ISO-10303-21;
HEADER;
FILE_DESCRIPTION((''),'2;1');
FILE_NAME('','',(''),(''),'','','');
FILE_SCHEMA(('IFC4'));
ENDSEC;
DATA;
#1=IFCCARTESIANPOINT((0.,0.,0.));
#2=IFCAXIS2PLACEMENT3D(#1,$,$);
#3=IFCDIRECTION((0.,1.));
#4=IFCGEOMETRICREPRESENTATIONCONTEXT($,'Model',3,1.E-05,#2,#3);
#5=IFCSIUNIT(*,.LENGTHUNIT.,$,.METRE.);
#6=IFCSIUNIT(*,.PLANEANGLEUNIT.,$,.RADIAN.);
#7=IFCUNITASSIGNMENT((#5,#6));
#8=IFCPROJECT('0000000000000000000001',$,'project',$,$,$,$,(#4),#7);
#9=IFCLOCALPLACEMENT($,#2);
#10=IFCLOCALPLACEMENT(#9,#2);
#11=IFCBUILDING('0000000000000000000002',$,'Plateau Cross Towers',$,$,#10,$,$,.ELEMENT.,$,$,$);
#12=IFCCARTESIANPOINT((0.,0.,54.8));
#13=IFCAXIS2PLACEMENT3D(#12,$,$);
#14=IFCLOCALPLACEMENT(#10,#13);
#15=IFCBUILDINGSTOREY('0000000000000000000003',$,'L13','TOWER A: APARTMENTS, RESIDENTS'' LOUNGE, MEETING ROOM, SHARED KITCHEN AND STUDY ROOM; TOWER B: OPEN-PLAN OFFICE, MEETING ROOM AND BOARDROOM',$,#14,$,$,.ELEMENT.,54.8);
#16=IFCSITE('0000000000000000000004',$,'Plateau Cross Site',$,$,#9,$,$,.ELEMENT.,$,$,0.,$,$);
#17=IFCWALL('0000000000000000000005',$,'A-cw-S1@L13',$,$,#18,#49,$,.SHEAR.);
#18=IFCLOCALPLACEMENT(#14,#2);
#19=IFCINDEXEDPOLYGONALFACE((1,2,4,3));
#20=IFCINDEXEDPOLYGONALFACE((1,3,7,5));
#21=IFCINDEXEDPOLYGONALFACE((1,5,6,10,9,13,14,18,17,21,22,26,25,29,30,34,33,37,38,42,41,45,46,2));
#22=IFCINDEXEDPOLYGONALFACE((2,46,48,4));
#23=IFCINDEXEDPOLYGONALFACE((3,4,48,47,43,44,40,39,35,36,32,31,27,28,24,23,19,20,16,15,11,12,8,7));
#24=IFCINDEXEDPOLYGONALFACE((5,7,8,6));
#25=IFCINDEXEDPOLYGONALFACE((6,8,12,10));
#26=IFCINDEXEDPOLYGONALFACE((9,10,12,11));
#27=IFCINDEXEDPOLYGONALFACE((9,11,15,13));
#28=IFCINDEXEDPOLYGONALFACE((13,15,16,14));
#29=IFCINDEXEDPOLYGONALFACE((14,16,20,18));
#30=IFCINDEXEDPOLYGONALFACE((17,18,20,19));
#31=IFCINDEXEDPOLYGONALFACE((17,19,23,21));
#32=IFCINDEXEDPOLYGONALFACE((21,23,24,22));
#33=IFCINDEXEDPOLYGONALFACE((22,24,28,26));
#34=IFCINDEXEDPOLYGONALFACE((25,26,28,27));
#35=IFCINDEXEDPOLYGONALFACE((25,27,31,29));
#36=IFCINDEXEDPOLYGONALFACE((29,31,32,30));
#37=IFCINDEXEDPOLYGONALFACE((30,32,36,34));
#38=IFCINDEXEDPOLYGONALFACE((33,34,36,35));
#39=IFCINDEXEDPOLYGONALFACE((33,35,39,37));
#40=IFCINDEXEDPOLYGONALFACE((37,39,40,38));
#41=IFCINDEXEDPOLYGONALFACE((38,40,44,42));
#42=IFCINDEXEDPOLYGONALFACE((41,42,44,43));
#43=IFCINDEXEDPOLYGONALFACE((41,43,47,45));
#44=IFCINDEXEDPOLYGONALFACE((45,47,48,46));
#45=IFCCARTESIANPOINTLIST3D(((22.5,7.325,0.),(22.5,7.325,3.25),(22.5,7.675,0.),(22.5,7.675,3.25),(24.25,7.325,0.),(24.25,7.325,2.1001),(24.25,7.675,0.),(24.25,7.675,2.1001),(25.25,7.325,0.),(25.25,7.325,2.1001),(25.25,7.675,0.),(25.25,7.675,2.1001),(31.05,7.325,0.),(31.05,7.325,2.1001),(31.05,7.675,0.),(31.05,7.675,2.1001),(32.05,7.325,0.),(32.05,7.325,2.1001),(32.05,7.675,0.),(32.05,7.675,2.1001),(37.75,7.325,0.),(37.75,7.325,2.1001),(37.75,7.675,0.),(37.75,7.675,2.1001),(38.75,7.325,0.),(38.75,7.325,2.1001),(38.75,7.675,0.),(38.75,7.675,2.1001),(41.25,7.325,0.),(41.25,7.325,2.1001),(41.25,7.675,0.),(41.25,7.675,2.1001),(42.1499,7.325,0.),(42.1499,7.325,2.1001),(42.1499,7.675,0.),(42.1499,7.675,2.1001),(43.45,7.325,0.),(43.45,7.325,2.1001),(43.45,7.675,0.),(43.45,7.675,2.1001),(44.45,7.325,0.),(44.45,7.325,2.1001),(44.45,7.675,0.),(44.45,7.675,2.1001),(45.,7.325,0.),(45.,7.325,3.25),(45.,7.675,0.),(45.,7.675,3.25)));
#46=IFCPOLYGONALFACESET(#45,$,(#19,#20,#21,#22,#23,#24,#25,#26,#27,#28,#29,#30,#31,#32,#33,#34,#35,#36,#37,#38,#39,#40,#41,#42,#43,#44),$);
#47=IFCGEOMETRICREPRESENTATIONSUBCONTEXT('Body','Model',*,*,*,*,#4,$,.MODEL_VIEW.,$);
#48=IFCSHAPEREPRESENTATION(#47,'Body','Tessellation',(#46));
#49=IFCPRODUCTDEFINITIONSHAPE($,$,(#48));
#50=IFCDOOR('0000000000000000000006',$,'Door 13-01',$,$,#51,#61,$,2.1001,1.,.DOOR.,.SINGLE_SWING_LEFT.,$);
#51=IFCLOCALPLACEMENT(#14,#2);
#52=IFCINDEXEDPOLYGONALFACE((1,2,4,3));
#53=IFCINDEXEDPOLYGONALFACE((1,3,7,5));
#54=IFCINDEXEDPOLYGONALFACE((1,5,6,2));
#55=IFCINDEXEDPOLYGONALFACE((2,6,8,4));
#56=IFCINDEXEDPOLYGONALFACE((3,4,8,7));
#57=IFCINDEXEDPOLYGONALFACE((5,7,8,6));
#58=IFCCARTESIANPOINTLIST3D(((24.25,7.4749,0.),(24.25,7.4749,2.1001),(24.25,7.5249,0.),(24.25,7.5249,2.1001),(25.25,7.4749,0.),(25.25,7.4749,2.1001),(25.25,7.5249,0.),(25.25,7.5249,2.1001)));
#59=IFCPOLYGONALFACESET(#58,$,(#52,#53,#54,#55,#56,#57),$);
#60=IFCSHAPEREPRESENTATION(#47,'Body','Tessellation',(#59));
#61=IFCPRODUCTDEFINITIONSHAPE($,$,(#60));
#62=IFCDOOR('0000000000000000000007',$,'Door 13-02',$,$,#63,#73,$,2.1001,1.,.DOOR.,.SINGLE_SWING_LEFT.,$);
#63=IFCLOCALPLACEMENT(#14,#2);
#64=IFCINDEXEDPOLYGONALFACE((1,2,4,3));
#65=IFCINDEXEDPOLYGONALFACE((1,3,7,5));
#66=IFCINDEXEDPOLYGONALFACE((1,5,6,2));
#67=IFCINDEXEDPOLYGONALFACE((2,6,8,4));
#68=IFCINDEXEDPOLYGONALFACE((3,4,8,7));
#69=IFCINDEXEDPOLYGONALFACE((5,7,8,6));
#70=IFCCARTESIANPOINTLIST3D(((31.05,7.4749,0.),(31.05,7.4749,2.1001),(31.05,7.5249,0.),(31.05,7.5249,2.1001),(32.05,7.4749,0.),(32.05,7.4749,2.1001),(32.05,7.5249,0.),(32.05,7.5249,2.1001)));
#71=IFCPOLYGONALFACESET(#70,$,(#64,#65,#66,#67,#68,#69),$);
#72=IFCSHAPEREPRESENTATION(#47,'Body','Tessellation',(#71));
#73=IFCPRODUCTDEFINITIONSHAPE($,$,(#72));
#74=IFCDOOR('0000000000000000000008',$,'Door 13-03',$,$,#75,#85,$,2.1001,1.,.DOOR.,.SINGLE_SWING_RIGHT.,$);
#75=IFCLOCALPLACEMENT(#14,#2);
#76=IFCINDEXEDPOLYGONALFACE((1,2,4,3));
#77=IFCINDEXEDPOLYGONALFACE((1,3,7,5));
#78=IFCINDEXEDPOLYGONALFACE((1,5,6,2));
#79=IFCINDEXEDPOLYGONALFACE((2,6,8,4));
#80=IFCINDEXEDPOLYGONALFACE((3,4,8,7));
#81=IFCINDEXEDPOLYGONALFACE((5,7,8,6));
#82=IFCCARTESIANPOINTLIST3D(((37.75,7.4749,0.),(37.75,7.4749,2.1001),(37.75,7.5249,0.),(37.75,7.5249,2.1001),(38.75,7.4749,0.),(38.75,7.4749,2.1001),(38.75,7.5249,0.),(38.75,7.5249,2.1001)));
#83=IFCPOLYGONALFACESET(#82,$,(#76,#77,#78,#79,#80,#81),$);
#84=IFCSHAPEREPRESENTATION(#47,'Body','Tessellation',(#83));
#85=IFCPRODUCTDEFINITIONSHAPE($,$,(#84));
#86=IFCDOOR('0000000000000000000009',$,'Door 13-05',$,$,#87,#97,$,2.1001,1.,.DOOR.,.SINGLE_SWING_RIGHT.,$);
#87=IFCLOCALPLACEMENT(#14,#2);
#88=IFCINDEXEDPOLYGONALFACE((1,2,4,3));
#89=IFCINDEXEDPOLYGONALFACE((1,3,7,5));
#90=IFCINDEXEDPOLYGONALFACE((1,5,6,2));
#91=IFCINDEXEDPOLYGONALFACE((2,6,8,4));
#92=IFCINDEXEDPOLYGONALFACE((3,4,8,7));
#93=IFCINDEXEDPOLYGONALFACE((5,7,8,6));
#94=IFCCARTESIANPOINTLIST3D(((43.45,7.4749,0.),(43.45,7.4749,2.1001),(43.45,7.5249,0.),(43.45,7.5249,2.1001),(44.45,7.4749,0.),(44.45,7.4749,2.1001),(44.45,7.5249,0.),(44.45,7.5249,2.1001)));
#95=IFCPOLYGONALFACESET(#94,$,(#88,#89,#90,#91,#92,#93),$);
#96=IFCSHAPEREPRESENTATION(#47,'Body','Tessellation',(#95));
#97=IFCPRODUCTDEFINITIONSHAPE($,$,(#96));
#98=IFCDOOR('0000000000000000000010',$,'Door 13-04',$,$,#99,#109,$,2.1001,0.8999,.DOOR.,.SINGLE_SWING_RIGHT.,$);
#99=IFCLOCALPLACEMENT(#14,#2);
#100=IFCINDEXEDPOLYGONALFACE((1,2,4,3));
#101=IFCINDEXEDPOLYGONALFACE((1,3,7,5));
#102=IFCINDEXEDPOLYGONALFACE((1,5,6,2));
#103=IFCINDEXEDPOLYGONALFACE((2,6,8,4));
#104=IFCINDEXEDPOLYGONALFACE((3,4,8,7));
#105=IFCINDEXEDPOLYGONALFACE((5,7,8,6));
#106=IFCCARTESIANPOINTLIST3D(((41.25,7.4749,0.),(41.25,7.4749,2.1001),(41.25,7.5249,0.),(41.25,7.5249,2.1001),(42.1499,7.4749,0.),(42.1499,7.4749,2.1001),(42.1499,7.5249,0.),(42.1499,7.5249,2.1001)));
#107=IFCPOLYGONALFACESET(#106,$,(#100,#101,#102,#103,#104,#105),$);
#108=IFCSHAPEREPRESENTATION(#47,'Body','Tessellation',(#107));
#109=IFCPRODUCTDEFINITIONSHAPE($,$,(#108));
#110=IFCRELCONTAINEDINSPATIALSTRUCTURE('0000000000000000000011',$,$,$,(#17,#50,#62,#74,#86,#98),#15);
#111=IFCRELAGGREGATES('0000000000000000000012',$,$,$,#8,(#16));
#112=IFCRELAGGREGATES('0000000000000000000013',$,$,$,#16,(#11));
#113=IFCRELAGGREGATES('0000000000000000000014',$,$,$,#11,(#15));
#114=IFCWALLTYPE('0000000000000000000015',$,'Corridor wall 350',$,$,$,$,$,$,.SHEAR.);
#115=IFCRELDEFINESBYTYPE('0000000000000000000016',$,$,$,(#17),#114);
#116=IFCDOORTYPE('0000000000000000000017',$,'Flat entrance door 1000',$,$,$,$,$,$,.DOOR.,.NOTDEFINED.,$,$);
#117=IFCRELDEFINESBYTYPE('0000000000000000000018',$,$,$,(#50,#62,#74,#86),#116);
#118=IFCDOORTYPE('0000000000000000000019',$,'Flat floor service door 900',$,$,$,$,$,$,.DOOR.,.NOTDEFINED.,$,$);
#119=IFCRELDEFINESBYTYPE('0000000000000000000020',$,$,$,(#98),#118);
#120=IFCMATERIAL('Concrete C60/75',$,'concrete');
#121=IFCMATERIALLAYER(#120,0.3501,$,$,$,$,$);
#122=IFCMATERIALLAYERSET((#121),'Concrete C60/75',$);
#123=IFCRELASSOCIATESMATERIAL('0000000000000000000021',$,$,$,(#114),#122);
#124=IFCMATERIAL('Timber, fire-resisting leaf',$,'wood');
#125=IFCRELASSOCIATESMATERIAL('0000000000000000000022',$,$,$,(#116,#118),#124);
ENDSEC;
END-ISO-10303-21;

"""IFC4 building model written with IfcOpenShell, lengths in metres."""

from ifc_helpers import new_model, si_unit, direction, frame, frame_2d, origin, place, context, subcontext, project, spatial, rectangle, extrude, material, layer, layer_set, type_object, element, fill, save


model = new_model("IFC4")

# Units and contexts
model_context = context("Model", 3, precision=1e-05, world=origin(), true_north=direction((0.0, 1.0)))
body_context = subcontext(model_context, "Body", "Model", "MODEL_VIEW")
ifc_project = project(units=[si_unit("LENGTHUNIT", "METRE"), si_unit("PLANEANGLEUNIT", "RADIAN")], contexts=[model_context])

# Site, building, storey
site_placement = place(None, origin())
site = spatial("IfcSite", under=ifc_project, at=site_placement, Name="Plateau Cross Site", CompositionType="ELEMENT", RefElevation=0.0)
building_placement = place(site_placement, origin())
building = spatial("IfcBuilding", under=site, at=building_placement, Name="Plateau Cross Towers", CompositionType="ELEMENT")
storey_placement = place(building_placement, frame((0.0, 0.0, 54.8)))
storey = spatial("IfcBuildingStorey", under=building, at=storey_placement, Name="L13", Description="TOWER A: APARTMENTS, RESIDENTS' LOUNGE, MEETING ROOM, SHARED KITCHEN AND STUDY ROOM; TOWER B: OPEN-PLAN OFFICE, MEETING ROOM AND BOARDROOM", CompositionType="ELEMENT", Elevation=54.8)

# Wall, openings, doors
ifc_material_1 = material(Name="Concrete C60/75", Category="concrete")
ifc_layer_1 = layer(ifc_material_1, 0.3501)
ifc_layer_set_1 = layer_set([ifc_layer_1], Name="Concrete C60/75")
wall_type_1 = type_object("IfcWallType", Name="Corridor wall 350", PredefinedType="SHEAR", material=ifc_layer_set_1)
wall_1_placement = place(storey_placement, frame((22.5, 7.5, 0.0), z_axis=(0.0, 0.0, 1.0), x_axis=(1.0, 0.0, 0.0)))
wall_1 = element("IfcWall", 1, at=wall_1_placement, inside=storey, type_object=wall_type_1, Name="A-cw-S1@L13", PredefinedType="SHEAR", context=body_context, shape_type="SweptSolid", body=[
    extrude(rectangle(XDim=22.5, YDim=0.3501, at=frame_2d((11.25, 0.0))), origin(), (0.0, 0.0, 1.0), 3.25),
])
opening_1_placement = place(wall_1_placement, frame((1.75, 0.0, 0.0)))
opening_1 = element("IfcOpeningElement", 2, at=opening_1_placement, cuts=wall_1, PredefinedType="OPENING", context=body_context, shape_type="SweptSolid", body=[
    extrude(rectangle(XDim=1.0, YDim=2.1001, at=frame_2d((0.5, 1.05))), frame((0.0, 0.1851, 0.0), z_axis=(0.0, -1.0, 0.0), x_axis=(1.0, 0.0, 0.0)), (0.0, 0.0, 1.0), 0.3701),
])
opening_2_placement = place(wall_1_placement, frame((8.55, 0.0, 0.0)))
opening_2 = element("IfcOpeningElement", 3, at=opening_2_placement, cuts=wall_1, PredefinedType="OPENING", context=body_context, shape_type="SweptSolid", body=[
    extrude(rectangle(XDim=1.0, YDim=2.1001, at=frame_2d((0.5, 1.05))), frame((0.0, 0.1851, 0.0), z_axis=(0.0, -1.0, 0.0), x_axis=(1.0, 0.0, 0.0)), (0.0, 0.0, 1.0), 0.3701),
])
opening_3_placement = place(wall_1_placement, frame((15.25, 0.0, 0.0)))
opening_3 = element("IfcOpeningElement", 4, at=opening_3_placement, cuts=wall_1, PredefinedType="OPENING", context=body_context, shape_type="SweptSolid", body=[
    extrude(rectangle(XDim=1.0, YDim=2.1001, at=frame_2d((0.5, 1.05))), frame((0.0, 0.1851, 0.0), z_axis=(0.0, -1.0, 0.0), x_axis=(1.0, 0.0, 0.0)), (0.0, 0.0, 1.0), 0.3701),
])
opening_4_placement = place(wall_1_placement, frame((18.75, 0.0, 0.0)))
opening_4 = element("IfcOpeningElement", 5, at=opening_4_placement, cuts=wall_1, PredefinedType="OPENING", context=body_context, shape_type="SweptSolid", body=[
    extrude(rectangle(XDim=0.8999, YDim=2.1001, at=frame_2d((0.45, 1.05))), frame((0.0, 0.1851, 0.0), z_axis=(0.0, -1.0, 0.0), x_axis=(1.0, 0.0, 0.0)), (0.0, 0.0, 1.0), 0.3701),
])
opening_5_placement = place(wall_1_placement, frame((20.95, 0.0, 0.0)))
opening_5 = element("IfcOpeningElement", 6, at=opening_5_placement, cuts=wall_1, PredefinedType="OPENING", context=body_context, shape_type="SweptSolid", body=[
    extrude(rectangle(XDim=1.0, YDim=2.1001, at=frame_2d((0.5, 1.05))), frame((0.0, 0.1851, 0.0), z_axis=(0.0, -1.0, 0.0), x_axis=(1.0, 0.0, 0.0)), (0.0, 0.0, 1.0), 0.3701),
])
ifc_material_2 = material(Name="Timber, fire-resisting leaf", Category="wood")
door_type_1 = type_object("IfcDoorType", Name="Flat entrance door 1000", OperationType="NOTDEFINED", PredefinedType="DOOR", material=ifc_material_2)
door_1_placement = place(opening_1_placement, origin())
door_1 = element("IfcDoor", 7, at=door_1_placement, inside=storey, type_object=door_type_1, Name="Door 13-01", OperationType="SINGLE_SWING_LEFT", OverallHeight=2.1001, OverallWidth=1.0, PredefinedType="DOOR", context=body_context, shape_type="SweptSolid", body=[
    extrude(rectangle(XDim=1.0, YDim=2.1001, at=frame_2d((0.5, 1.05))), frame((0.0, 0.0249, 0.0), z_axis=(0.0, -1.0, 0.0), x_axis=(1.0, 0.0, 0.0)), (0.0, 0.0, 1.0), 0.05),
])
fill(opening_1, door_1)
door_2_placement = place(opening_2_placement, origin())
door_2 = element("IfcDoor", 8, at=door_2_placement, inside=storey, type_object=door_type_1, Name="Door 13-02", OperationType="SINGLE_SWING_LEFT", OverallHeight=2.1001, OverallWidth=1.0, PredefinedType="DOOR", context=body_context, shape_type="SweptSolid", body=[
    extrude(rectangle(XDim=1.0, YDim=2.1001, at=frame_2d((0.5, 1.05))), frame((0.0, 0.0249, 0.0), z_axis=(0.0, -1.0, 0.0), x_axis=(1.0, 0.0, 0.0)), (0.0, 0.0, 1.0), 0.05),
])
fill(opening_2, door_2)
door_3_placement = place(opening_3_placement, origin())
door_3 = element("IfcDoor", 9, at=door_3_placement, inside=storey, type_object=door_type_1, Name="Door 13-03", OperationType="SINGLE_SWING_RIGHT", OverallHeight=2.1001, OverallWidth=1.0, PredefinedType="DOOR", context=body_context, shape_type="SweptSolid", body=[
    extrude(rectangle(XDim=1.0, YDim=2.1001, at=frame_2d((0.5, 1.05))), frame((0.0, 0.0249, 0.0), z_axis=(0.0, -1.0, 0.0), x_axis=(1.0, 0.0, 0.0)), (0.0, 0.0, 1.0), 0.05),
])
fill(opening_3, door_3)
door_4_placement = place(opening_5_placement, origin())
door_4 = element("IfcDoor", 10, at=door_4_placement, inside=storey, type_object=door_type_1, Name="Door 13-05", OperationType="SINGLE_SWING_RIGHT", OverallHeight=2.1001, OverallWidth=1.0, PredefinedType="DOOR", context=body_context, shape_type="SweptSolid", body=[
    extrude(rectangle(XDim=1.0, YDim=2.1001, at=frame_2d((0.5, 1.05))), frame((0.0, 0.0249, 0.0), z_axis=(0.0, -1.0, 0.0), x_axis=(1.0, 0.0, 0.0)), (0.0, 0.0, 1.0), 0.05),
])
fill(opening_5, door_4)
door_type_2 = type_object("IfcDoorType", Name="Flat floor service door 900", OperationType="NOTDEFINED", PredefinedType="DOOR", material=ifc_material_2)
door_5_placement = place(opening_4_placement, origin())
door_5 = element("IfcDoor", 11, at=door_5_placement, inside=storey, type_object=door_type_2, Name="Door 13-04", OperationType="SINGLE_SWING_RIGHT", OverallHeight=2.1001, OverallWidth=0.8999, PredefinedType="DOOR", context=body_context, shape_type="SweptSolid", body=[
    extrude(rectangle(XDim=0.8999, YDim=2.1001, at=frame_2d((0.45, 1.05))), frame((0.0, 0.0249, 0.0), z_axis=(0.0, -1.0, 0.0), x_axis=(1.0, 0.0, 0.0)), (0.0, 0.0, 1.0), 0.05),
])
fill(opening_4, door_5)

save(model, "model.ifc")
